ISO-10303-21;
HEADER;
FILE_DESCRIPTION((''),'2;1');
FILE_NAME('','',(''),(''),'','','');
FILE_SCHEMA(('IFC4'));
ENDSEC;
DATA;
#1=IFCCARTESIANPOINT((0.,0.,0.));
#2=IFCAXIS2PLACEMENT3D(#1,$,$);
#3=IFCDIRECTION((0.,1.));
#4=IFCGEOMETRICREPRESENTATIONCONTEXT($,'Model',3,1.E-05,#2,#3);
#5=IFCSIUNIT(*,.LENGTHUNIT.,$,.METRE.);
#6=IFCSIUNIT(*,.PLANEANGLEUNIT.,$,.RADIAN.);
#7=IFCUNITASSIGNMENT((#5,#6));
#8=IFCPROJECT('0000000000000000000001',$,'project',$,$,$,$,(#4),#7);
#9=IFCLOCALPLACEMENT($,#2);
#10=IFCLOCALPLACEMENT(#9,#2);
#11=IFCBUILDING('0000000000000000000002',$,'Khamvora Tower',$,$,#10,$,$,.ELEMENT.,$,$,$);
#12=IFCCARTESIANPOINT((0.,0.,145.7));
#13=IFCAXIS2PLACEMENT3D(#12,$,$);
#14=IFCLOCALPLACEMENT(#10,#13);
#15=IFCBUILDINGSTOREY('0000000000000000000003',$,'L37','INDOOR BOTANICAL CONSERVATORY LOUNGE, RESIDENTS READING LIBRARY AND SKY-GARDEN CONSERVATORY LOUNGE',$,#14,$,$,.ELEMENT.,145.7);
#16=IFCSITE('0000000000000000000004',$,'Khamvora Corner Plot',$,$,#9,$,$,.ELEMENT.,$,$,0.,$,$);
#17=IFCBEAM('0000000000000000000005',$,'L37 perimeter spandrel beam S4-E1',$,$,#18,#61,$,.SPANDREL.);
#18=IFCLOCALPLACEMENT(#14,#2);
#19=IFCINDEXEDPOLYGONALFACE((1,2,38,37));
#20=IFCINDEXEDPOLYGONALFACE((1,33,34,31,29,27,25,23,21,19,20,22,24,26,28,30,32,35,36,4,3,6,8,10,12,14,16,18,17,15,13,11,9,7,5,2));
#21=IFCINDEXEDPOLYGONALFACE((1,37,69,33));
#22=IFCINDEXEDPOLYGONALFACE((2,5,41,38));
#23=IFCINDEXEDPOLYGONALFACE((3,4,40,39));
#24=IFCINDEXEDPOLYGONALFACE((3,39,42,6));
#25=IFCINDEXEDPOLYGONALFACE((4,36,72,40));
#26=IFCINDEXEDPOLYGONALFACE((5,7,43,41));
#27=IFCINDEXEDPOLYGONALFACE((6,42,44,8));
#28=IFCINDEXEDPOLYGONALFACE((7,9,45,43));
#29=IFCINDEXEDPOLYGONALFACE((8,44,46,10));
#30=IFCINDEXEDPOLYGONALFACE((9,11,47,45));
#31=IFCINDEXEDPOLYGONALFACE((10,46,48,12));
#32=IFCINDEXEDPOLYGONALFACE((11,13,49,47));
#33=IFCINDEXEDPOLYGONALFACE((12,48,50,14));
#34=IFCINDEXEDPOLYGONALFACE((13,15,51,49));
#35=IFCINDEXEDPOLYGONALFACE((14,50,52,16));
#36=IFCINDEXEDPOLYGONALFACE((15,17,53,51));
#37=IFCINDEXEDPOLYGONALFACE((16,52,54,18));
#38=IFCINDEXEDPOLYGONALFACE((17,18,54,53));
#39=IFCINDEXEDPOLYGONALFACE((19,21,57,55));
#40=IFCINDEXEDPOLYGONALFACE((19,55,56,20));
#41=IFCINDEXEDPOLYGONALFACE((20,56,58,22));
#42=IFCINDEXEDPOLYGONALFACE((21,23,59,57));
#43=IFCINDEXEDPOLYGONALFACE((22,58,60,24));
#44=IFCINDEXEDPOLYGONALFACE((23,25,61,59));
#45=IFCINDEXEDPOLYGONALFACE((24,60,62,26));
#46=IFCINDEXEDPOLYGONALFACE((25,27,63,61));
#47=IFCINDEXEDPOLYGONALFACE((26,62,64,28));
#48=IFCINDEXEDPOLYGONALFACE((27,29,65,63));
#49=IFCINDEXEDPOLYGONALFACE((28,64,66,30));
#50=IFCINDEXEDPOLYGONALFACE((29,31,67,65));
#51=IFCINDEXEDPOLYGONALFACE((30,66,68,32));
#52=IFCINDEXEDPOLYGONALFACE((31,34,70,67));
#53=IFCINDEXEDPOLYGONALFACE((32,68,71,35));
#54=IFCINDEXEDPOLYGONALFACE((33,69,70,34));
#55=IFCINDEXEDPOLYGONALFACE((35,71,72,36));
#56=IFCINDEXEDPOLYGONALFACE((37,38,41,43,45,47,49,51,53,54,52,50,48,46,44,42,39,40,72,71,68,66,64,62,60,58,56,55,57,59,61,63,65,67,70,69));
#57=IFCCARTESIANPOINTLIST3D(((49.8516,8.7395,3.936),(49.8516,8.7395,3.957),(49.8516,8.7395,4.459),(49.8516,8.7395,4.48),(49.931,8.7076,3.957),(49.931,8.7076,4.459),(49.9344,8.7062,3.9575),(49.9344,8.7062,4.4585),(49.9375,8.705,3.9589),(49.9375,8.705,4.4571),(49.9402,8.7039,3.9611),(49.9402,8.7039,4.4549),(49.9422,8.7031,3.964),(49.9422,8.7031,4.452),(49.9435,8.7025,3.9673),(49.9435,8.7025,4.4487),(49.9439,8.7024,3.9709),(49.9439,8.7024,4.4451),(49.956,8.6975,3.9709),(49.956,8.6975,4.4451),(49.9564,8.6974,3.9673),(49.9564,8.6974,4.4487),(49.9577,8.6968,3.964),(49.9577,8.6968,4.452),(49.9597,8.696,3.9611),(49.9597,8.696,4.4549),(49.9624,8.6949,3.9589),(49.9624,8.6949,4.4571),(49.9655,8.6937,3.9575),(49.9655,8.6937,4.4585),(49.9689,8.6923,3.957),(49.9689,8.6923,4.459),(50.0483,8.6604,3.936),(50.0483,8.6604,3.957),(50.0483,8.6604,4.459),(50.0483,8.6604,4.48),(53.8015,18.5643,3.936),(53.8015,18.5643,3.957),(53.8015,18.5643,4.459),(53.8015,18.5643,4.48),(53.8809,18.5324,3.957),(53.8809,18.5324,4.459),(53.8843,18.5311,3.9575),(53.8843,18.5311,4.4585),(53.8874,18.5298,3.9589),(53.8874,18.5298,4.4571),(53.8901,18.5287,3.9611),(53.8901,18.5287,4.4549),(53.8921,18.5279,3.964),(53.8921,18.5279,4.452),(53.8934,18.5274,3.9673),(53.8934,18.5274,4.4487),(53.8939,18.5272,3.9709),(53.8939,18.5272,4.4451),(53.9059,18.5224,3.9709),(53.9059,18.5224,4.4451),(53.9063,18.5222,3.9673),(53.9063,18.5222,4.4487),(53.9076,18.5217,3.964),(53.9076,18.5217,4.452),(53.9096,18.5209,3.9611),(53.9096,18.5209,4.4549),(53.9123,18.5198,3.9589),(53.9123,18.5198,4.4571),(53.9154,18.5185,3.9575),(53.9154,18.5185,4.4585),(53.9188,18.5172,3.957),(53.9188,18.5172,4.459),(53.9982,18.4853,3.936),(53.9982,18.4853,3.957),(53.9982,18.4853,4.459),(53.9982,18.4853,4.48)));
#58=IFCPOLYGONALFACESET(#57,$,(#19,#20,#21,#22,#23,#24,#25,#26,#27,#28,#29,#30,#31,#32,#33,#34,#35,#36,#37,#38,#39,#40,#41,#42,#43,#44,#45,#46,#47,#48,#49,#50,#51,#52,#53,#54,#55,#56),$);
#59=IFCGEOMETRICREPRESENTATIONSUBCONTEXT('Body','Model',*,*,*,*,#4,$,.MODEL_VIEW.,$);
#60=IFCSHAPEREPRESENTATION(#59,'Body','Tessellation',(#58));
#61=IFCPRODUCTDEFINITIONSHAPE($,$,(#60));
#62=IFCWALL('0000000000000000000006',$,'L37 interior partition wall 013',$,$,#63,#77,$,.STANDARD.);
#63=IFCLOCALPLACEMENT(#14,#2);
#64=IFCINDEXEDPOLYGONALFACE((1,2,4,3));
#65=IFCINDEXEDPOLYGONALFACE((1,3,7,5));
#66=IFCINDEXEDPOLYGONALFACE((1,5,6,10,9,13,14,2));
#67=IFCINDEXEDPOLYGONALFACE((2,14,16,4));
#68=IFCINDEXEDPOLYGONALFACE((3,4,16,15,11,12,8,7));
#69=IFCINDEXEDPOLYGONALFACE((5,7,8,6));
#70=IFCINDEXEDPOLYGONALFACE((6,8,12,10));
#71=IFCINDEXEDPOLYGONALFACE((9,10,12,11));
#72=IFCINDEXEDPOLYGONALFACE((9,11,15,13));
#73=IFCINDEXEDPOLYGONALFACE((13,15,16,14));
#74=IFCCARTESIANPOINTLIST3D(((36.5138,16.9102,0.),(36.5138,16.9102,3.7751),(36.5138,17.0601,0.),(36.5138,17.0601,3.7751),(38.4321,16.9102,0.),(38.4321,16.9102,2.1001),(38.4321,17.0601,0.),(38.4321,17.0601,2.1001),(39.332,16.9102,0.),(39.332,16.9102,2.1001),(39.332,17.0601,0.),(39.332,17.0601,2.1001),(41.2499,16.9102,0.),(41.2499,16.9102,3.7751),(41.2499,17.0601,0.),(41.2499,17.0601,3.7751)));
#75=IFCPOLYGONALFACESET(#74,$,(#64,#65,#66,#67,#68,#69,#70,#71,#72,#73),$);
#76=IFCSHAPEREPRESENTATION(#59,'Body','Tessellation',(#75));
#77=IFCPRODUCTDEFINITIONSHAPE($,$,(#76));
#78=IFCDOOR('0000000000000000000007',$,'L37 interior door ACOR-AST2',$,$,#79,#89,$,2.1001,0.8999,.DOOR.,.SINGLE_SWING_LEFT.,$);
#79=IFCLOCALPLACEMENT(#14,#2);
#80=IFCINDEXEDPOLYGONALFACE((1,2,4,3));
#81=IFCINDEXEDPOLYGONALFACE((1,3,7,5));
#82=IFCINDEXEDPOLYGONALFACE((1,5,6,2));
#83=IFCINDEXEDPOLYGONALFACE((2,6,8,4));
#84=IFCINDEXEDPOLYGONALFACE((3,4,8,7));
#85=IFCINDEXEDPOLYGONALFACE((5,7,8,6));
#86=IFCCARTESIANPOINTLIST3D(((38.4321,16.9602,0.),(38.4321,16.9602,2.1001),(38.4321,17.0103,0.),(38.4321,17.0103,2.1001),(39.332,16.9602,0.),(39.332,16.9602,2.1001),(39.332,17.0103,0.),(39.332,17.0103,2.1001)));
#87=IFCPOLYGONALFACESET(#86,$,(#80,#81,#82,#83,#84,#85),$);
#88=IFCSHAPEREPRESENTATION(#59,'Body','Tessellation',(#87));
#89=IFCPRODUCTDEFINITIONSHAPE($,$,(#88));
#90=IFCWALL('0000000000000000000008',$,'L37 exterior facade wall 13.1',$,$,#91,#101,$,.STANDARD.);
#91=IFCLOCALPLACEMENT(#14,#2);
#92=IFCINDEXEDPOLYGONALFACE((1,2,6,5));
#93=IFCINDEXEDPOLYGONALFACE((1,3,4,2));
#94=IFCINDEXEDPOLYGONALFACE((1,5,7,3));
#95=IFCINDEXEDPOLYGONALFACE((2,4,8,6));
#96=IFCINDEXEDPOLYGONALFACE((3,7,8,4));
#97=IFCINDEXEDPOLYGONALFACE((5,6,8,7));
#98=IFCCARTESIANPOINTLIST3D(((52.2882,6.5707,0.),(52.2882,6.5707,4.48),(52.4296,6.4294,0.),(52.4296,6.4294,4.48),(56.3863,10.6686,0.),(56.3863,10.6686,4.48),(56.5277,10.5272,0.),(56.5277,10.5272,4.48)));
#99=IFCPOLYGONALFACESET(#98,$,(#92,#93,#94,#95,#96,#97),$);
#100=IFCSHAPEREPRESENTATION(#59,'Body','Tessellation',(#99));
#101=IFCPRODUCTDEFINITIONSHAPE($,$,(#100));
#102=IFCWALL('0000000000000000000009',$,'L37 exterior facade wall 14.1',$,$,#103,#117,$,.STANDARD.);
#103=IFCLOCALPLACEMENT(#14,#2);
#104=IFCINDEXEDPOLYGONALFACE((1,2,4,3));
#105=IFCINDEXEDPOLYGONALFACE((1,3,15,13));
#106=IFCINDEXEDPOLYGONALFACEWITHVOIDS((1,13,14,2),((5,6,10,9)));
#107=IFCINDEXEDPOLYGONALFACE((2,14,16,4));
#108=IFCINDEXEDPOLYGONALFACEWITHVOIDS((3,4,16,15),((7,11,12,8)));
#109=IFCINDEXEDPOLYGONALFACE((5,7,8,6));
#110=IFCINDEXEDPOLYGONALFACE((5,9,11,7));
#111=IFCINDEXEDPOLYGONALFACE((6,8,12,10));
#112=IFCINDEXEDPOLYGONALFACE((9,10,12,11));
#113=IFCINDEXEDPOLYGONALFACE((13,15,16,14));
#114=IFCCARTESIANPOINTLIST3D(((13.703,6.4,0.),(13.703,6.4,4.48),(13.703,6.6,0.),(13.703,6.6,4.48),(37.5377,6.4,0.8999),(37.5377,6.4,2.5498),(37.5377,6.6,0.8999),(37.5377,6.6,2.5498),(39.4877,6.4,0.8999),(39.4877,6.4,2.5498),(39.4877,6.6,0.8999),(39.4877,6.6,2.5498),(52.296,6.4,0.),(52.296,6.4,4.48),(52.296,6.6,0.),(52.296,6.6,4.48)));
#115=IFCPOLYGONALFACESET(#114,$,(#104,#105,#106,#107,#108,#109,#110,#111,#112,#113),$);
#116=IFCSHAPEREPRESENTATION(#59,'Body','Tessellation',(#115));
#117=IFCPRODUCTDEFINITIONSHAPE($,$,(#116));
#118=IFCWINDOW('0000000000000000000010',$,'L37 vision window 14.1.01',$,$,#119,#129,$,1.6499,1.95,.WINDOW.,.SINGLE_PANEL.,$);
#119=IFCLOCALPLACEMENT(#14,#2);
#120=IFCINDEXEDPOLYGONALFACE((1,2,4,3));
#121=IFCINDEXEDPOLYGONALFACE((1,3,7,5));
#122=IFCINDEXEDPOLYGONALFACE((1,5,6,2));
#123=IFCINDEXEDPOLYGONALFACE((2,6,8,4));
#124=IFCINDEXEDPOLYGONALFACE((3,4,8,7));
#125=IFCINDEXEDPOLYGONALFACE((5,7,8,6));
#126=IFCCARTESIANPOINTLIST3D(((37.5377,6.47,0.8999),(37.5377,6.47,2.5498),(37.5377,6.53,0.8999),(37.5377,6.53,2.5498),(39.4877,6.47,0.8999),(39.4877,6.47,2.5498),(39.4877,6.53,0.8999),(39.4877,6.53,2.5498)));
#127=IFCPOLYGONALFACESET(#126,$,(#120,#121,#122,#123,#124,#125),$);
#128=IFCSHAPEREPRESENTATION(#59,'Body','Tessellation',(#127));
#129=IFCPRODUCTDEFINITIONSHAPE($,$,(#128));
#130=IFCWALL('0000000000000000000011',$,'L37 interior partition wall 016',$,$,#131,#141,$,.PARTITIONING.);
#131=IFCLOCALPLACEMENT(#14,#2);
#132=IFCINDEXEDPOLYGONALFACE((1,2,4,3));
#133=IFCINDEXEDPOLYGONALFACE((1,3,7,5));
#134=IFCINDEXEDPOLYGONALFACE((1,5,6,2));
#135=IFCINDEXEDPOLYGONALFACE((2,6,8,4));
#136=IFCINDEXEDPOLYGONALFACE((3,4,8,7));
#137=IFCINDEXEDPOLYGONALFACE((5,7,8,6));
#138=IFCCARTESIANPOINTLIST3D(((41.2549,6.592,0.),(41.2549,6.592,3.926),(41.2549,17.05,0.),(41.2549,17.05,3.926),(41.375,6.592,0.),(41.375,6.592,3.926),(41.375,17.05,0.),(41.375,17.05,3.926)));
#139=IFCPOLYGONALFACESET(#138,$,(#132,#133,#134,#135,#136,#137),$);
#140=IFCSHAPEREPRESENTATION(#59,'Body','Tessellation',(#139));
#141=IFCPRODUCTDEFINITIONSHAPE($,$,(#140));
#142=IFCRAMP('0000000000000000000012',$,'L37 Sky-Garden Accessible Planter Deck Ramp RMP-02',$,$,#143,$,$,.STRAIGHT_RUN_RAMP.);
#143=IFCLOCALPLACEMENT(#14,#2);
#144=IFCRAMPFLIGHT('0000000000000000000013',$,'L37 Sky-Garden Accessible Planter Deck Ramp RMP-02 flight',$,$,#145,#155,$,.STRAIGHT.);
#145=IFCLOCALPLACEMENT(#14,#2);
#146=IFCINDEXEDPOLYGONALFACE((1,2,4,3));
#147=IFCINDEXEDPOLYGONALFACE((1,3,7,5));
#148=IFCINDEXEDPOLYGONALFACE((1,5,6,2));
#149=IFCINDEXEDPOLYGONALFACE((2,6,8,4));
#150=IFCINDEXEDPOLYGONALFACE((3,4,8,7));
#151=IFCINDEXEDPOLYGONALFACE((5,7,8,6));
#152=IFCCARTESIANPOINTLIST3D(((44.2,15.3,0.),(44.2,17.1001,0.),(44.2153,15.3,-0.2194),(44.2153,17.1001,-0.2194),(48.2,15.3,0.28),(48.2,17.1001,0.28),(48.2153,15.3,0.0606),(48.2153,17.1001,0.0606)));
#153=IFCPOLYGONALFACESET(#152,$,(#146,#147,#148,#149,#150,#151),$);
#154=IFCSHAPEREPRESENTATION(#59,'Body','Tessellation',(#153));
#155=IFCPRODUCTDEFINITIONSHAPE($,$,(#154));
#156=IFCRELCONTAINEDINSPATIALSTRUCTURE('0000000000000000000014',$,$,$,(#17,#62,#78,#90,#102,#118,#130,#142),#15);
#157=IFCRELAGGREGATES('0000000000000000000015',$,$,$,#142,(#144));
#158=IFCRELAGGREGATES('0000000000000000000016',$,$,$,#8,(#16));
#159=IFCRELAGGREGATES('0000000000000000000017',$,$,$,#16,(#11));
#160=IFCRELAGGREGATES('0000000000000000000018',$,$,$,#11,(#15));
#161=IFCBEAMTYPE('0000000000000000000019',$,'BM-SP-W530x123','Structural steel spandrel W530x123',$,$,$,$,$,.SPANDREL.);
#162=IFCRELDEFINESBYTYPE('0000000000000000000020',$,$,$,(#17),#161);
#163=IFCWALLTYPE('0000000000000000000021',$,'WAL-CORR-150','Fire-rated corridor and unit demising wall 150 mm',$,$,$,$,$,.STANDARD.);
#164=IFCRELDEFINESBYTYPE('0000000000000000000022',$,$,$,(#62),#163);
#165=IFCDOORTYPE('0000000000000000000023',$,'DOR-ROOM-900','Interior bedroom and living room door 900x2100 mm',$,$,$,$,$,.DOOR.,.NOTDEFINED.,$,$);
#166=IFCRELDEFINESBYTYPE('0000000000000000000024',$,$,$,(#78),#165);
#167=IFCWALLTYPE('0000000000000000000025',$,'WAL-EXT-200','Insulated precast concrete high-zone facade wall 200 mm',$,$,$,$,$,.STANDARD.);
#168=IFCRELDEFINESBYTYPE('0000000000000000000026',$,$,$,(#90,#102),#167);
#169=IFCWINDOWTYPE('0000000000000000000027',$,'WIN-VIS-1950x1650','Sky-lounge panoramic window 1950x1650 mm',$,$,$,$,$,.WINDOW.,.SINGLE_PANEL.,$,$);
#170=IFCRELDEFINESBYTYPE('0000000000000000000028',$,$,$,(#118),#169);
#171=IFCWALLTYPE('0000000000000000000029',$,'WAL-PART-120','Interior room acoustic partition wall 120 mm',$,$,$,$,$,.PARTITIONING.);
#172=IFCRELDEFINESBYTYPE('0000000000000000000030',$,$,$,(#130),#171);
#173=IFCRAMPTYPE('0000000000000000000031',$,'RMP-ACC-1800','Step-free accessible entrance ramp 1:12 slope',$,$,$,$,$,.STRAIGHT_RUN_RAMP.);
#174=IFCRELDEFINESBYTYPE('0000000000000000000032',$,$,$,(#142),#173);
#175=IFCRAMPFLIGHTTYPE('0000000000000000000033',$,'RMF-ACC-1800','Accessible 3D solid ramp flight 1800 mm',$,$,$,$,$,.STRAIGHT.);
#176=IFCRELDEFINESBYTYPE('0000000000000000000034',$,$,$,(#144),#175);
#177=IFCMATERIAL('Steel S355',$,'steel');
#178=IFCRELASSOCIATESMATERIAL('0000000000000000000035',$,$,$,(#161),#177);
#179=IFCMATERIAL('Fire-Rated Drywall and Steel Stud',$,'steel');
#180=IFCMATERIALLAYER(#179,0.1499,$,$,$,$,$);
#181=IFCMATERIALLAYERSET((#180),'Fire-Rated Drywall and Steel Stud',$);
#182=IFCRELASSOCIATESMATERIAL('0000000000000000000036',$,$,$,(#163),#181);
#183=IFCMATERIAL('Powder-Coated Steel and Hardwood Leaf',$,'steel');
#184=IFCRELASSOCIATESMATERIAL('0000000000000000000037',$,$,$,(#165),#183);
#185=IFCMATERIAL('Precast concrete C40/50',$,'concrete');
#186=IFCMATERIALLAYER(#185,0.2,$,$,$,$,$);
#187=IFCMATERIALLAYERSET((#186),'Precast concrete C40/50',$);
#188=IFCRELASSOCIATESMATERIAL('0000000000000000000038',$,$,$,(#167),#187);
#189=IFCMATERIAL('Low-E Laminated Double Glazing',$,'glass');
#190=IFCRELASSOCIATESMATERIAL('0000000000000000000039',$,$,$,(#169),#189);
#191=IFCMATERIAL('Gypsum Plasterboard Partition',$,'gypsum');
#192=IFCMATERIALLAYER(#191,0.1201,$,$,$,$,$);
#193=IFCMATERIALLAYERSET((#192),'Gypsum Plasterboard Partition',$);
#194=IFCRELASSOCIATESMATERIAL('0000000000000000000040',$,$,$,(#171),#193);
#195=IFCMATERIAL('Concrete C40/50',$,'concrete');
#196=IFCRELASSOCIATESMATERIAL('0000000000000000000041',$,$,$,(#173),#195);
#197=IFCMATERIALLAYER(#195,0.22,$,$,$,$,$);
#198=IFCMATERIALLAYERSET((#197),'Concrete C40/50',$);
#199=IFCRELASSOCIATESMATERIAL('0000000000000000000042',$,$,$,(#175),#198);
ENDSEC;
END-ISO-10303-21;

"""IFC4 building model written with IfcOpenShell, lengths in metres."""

from ifc_helpers import new_model, si_unit, direction, frame, frame_2d, origin, origin_2d, place, context, subcontext, project, spatial, polyline, rectangle, i_section, outline, extrude, material, layer, layer_set, material_profile, profile_set, type_object, element, fill, aggregate, save


model = new_model("IFC4")

# Units and contexts
model_context = context("Model", 3, precision=1e-05, world=origin(), true_north=direction((0.0, 1.0)))
body_context = subcontext(model_context, "Body", "Model", "MODEL_VIEW")
ifc_project = project(units=[si_unit("LENGTHUNIT", "METRE"), si_unit("PLANEANGLEUNIT", "RADIAN")], contexts=[model_context])

# Site, building, storey
site_placement = place(None, origin())
site = spatial("IfcSite", under=ifc_project, at=site_placement, Name="Khamvora Corner Plot", CompositionType="ELEMENT", RefElevation=0.0)
building_placement = place(site_placement, origin())
building = spatial("IfcBuilding", under=site, at=building_placement, Name="Khamvora Tower", CompositionType="ELEMENT")
storey_placement = place(building_placement, frame((0.0, 0.0, 145.7)))
storey = spatial("IfcBuildingStorey", under=building, at=storey_placement, Name="L37", Description="INDOOR BOTANICAL CONSERVATORY LOUNGE, RESIDENTS READING LIBRARY AND SKY-GARDEN CONSERVATORY LOUNGE", CompositionType="ELEMENT", Elevation=145.7)

# Shared definitions
ifc_material_1 = material(Name="Steel S355", Category="steel")

# Beam
ifc_material_profile_1 = material_profile(ifc_material_1, i_section(OverallWidth=0.2119, OverallDepth=0.5439, WebThickness=0.0129, FlangeThickness=0.021, FilletRadius=0.0139, at=origin_2d()), Name="W530x123")
ifc_profile_set_1 = profile_set([ifc_material_profile_1], Name="Steel S355")
beam_type_1 = type_object("IfcBeamType", Name="BM-SP-W530x123", Description="Structural steel spandrel W530x123", PredefinedType="SPANDREL", material=ifc_profile_set_1)
beam_1_placement = place(storey_placement, frame((49.95, 8.7, 4.208), z_axis=(0.373016, 0.927825, 0.0), x_axis=(-0.927825, 0.373016, 0.0)))
element("IfcBeam", 1, at=beam_1_placement, inside=storey, type_object=beam_type_1, Name="L37 perimeter spandrel beam S4-E1", PredefinedType="SPANDREL", context=body_context, shape_type="SweptSolid", body=[
    extrude(i_section(OverallWidth=0.2119, OverallDepth=0.5439, WebThickness=0.0129, FlangeThickness=0.021, FilletRadius=0.0139, at=origin_2d()), origin(), (0.0, 0.0, 1.0), 10.5891),
])

# Wall, opening, door
ifc_material_2 = material(Name="Fire-Rated Drywall and Steel Stud", Category="steel")
ifc_layer_1 = layer(ifc_material_2, 0.1499)
ifc_layer_set_1 = layer_set([ifc_layer_1], Name="Fire-Rated Drywall and Steel Stud")
wall_type_1 = type_object("IfcWallType", Name="WAL-CORR-150", Description="Fire-rated corridor and unit demising wall 150 mm", PredefinedType="STANDARD", material=ifc_layer_set_1)
wall_1_placement = place(storey_placement, frame((41.25, 16.9851, 0.0), z_axis=(0.0, 0.0, 1.0), x_axis=(-1.0, 0.0, 0.0)))
wall_1 = element("IfcWall", 2, at=wall_1_placement, inside=storey, type_object=wall_type_1, Name="L37 interior partition wall 013", PredefinedType="STANDARD", context=body_context, shape_type="SweptSolid", body=[
    extrude(rectangle(XDim=4.7361, YDim=0.1499, at=frame_2d((2.3682, 0.0))), origin(), (0.0, 0.0, 1.0), 3.7751),
])
opening_1_placement = place(wall_1_placement, frame((1.918, 0.0, 0.0)))
opening_1 = element("IfcOpeningElement", 3, at=opening_1_placement, cuts=wall_1, PredefinedType="OPENING", context=body_context, shape_type="SweptSolid", body=[
    extrude(rectangle(XDim=0.8999, YDim=2.1001, at=frame_2d((0.45, 1.05))), frame((0.0, 0.085, 0.0), z_axis=(0.0, -1.0, 0.0), x_axis=(1.0, 0.0, 0.0)), (0.0, 0.0, 1.0), 0.1699),
])
ifc_material_3 = material(Name="Powder-Coated Steel and Hardwood Leaf", Category="steel")
door_type = type_object("IfcDoorType", Name="DOR-ROOM-900", Description="Interior bedroom and living room door 900x2100 mm", OperationType="NOTDEFINED", PredefinedType="DOOR", material=ifc_material_3)
door_placement = place(opening_1_placement, origin())
door = element("IfcDoor", 4, at=door_placement, inside=storey, type_object=door_type, Name="L37 interior door ACOR-AST2", OperationType="SINGLE_SWING_LEFT", OverallHeight=2.1001, OverallWidth=0.8999, PredefinedType="DOOR", context=body_context, shape_type="SweptSolid", body=[
    extrude(rectangle(XDim=0.8999, YDim=2.1001, at=frame_2d((0.45, 1.05))), frame((0.0, 0.0249, 0.0), z_axis=(0.0, -1.0, 0.0), x_axis=(1.0, 0.0, 0.0)), (0.0, 0.0, 1.0), 0.05),
])
fill(opening_1, door)

# Wall
ifc_material_4 = material(Name="Precast concrete C40/50", Category="concrete")
ifc_layer_2 = layer(ifc_material_4, 0.2)
ifc_layer_set_2 = layer_set([ifc_layer_2], Name="Precast concrete C40/50")
wall_type_2 = type_object("IfcWallType", Name="WAL-EXT-200", Description="Insulated precast concrete high-zone facade wall 200 mm", PredefinedType="STANDARD", material=ifc_layer_set_2)
wall_2_placement = place(storey_placement, frame((56.457, 10.5979, 0.0), z_axis=(0.0, 0.0, 1.0), x_axis=(-0.707128, -0.707086, 0.0)))
element("IfcWall", 5, at=wall_2_placement, inside=storey, type_object=wall_type_2, Name="L37 exterior facade wall 13.1", PredefinedType="STANDARD", context=body_context, shape_type="SweptSolid", body=[
    extrude(rectangle(XDim=5.7954, YDim=0.2, at=frame_2d((2.8977, 0.0))), origin(), (0.0, 0.0, 1.0), 4.48),
])

# Wall, opening, window
wall_3_placement = place(storey_placement, frame((52.2959, 6.5, 0.0), z_axis=(0.0, 0.0, 1.0), x_axis=(-1.0, 0.0, 0.0)))
wall_3 = element("IfcWall", 6, at=wall_3_placement, inside=storey, type_object=wall_type_2, Name="L37 exterior facade wall 14.1", PredefinedType="STANDARD", context=body_context, shape_type="SweptSolid", body=[
    extrude(rectangle(XDim=38.593, YDim=0.2, at=frame_2d((19.2964, 0.0))), origin(), (0.0, 0.0, 1.0), 4.48),
])
opening_2_placement = place(wall_3_placement, frame((12.8081, 0.0, 0.8999)))
opening_2 = element("IfcOpeningElement", 7, at=opening_2_placement, cuts=wall_3, PredefinedType="OPENING", context=body_context, shape_type="SweptSolid", body=[
    extrude(rectangle(XDim=1.95, YDim=1.6499, at=frame_2d((0.9751, 0.825))), frame((0.0, 0.1099, 0.0), z_axis=(0.0, -1.0, 0.0), x_axis=(1.0, 0.0, 0.0)), (0.0, 0.0, 1.0), 0.22),
])
ifc_material_5 = material(Name="Low-E Laminated Double Glazing", Category="glass")
window_type = type_object("IfcWindowType", Name="WIN-VIS-1950x1650", Description="Sky-lounge panoramic window 1950x1650 mm", PartitioningType="SINGLE_PANEL", PredefinedType="WINDOW", material=ifc_material_5)
window_placement = place(opening_2_placement, origin())
window = element("IfcWindow", 8, at=window_placement, inside=storey, type_object=window_type, Name="L37 vision window 14.1.01", OverallHeight=1.6499, OverallWidth=1.95, PartitioningType="SINGLE_PANEL", PredefinedType="WINDOW", context=body_context, shape_type="SweptSolid", body=[
    extrude(rectangle(XDim=1.95, YDim=1.6499, at=frame_2d((0.9751, 0.825))), frame((0.0, 0.03, 0.0), z_axis=(0.0, -1.0, 0.0), x_axis=(1.0, 0.0, 0.0)), (0.0, 0.0, 1.0), 0.0601),
])
fill(opening_2, window)

# Wall
ifc_material_6 = material(Name="Gypsum Plasterboard Partition", Category="gypsum")
ifc_layer_3 = layer(ifc_material_6, 0.1201)
ifc_layer_set_3 = layer_set([ifc_layer_3], Name="Gypsum Plasterboard Partition")
wall_type_3 = type_object("IfcWallType", Name="WAL-PART-120", Description="Interior room acoustic partition wall 120 mm", PredefinedType="PARTITIONING", material=ifc_layer_set_3)
wall_4_placement = place(storey_placement, frame((41.3149, 6.592, 0.0), z_axis=(0.0, 0.0, 1.0), x_axis=(0.0, 1.0, 0.0)))
element("IfcWall", 9, at=wall_4_placement, inside=storey, type_object=wall_type_3, Name="L37 interior partition wall 016", PredefinedType="PARTITIONING", context=body_context, shape_type="SweptSolid", body=[
    extrude(rectangle(XDim=10.458, YDim=0.1201, at=frame_2d((5.229, 0.0))), origin(), (0.0, 0.0, 1.0), 3.926),
])

# Ramp, ramp flight
ifc_material_7 = material(Name="Concrete C40/50", Category="concrete")
ramp_type = type_object("IfcRampType", Name="RMP-ACC-1800", Description="Step-free accessible entrance ramp 1:12 slope", PredefinedType="STRAIGHT_RUN_RAMP", material=ifc_material_7)
ramp_placement = place(storey_placement, origin())
ramp = element("IfcRamp", 10, at=ramp_placement, inside=storey, type_object=ramp_type, Name="L37 Sky-Garden Accessible Planter Deck Ramp RMP-02", PredefinedType="STRAIGHT_RUN_RAMP")
ifc_layer_4 = layer(ifc_material_7, 0.22)
ifc_layer_set_4 = layer_set([ifc_layer_4], Name="Concrete C40/50")
ramp_flight_type = type_object("IfcRampFlightType", Name="RMF-ACC-1800", Description="Accessible 3D solid ramp flight 1800 mm", PredefinedType="STRAIGHT", material=ifc_layer_set_4)
ramp_flight_placement = place(storey_placement, frame((44.2, 15.3, 0.0), z_axis=(-0.069836, 0.0, 0.997558), x_axis=(0.997558, 0.0, 0.069836)))
ramp_flight = element("IfcRampFlight", 11, at=ramp_flight_placement, type_object=ramp_flight_type, Name="L37 Sky-Garden Accessible Planter Deck Ramp RMP-02 flight", PredefinedType="STRAIGHT", context=body_context, shape_type="SweptSolid", body=[
    extrude(outline(polyline([(0.0, 0.0), (4.0098, 0.0), (4.0098, 1.8), (0.0, 1.8), (0.0, 0.0)])), origin(), (0.0, 0.0, -1.0), 0.22),
])
aggregate(ramp, [ramp_flight])

save(model, "model.ifc")
